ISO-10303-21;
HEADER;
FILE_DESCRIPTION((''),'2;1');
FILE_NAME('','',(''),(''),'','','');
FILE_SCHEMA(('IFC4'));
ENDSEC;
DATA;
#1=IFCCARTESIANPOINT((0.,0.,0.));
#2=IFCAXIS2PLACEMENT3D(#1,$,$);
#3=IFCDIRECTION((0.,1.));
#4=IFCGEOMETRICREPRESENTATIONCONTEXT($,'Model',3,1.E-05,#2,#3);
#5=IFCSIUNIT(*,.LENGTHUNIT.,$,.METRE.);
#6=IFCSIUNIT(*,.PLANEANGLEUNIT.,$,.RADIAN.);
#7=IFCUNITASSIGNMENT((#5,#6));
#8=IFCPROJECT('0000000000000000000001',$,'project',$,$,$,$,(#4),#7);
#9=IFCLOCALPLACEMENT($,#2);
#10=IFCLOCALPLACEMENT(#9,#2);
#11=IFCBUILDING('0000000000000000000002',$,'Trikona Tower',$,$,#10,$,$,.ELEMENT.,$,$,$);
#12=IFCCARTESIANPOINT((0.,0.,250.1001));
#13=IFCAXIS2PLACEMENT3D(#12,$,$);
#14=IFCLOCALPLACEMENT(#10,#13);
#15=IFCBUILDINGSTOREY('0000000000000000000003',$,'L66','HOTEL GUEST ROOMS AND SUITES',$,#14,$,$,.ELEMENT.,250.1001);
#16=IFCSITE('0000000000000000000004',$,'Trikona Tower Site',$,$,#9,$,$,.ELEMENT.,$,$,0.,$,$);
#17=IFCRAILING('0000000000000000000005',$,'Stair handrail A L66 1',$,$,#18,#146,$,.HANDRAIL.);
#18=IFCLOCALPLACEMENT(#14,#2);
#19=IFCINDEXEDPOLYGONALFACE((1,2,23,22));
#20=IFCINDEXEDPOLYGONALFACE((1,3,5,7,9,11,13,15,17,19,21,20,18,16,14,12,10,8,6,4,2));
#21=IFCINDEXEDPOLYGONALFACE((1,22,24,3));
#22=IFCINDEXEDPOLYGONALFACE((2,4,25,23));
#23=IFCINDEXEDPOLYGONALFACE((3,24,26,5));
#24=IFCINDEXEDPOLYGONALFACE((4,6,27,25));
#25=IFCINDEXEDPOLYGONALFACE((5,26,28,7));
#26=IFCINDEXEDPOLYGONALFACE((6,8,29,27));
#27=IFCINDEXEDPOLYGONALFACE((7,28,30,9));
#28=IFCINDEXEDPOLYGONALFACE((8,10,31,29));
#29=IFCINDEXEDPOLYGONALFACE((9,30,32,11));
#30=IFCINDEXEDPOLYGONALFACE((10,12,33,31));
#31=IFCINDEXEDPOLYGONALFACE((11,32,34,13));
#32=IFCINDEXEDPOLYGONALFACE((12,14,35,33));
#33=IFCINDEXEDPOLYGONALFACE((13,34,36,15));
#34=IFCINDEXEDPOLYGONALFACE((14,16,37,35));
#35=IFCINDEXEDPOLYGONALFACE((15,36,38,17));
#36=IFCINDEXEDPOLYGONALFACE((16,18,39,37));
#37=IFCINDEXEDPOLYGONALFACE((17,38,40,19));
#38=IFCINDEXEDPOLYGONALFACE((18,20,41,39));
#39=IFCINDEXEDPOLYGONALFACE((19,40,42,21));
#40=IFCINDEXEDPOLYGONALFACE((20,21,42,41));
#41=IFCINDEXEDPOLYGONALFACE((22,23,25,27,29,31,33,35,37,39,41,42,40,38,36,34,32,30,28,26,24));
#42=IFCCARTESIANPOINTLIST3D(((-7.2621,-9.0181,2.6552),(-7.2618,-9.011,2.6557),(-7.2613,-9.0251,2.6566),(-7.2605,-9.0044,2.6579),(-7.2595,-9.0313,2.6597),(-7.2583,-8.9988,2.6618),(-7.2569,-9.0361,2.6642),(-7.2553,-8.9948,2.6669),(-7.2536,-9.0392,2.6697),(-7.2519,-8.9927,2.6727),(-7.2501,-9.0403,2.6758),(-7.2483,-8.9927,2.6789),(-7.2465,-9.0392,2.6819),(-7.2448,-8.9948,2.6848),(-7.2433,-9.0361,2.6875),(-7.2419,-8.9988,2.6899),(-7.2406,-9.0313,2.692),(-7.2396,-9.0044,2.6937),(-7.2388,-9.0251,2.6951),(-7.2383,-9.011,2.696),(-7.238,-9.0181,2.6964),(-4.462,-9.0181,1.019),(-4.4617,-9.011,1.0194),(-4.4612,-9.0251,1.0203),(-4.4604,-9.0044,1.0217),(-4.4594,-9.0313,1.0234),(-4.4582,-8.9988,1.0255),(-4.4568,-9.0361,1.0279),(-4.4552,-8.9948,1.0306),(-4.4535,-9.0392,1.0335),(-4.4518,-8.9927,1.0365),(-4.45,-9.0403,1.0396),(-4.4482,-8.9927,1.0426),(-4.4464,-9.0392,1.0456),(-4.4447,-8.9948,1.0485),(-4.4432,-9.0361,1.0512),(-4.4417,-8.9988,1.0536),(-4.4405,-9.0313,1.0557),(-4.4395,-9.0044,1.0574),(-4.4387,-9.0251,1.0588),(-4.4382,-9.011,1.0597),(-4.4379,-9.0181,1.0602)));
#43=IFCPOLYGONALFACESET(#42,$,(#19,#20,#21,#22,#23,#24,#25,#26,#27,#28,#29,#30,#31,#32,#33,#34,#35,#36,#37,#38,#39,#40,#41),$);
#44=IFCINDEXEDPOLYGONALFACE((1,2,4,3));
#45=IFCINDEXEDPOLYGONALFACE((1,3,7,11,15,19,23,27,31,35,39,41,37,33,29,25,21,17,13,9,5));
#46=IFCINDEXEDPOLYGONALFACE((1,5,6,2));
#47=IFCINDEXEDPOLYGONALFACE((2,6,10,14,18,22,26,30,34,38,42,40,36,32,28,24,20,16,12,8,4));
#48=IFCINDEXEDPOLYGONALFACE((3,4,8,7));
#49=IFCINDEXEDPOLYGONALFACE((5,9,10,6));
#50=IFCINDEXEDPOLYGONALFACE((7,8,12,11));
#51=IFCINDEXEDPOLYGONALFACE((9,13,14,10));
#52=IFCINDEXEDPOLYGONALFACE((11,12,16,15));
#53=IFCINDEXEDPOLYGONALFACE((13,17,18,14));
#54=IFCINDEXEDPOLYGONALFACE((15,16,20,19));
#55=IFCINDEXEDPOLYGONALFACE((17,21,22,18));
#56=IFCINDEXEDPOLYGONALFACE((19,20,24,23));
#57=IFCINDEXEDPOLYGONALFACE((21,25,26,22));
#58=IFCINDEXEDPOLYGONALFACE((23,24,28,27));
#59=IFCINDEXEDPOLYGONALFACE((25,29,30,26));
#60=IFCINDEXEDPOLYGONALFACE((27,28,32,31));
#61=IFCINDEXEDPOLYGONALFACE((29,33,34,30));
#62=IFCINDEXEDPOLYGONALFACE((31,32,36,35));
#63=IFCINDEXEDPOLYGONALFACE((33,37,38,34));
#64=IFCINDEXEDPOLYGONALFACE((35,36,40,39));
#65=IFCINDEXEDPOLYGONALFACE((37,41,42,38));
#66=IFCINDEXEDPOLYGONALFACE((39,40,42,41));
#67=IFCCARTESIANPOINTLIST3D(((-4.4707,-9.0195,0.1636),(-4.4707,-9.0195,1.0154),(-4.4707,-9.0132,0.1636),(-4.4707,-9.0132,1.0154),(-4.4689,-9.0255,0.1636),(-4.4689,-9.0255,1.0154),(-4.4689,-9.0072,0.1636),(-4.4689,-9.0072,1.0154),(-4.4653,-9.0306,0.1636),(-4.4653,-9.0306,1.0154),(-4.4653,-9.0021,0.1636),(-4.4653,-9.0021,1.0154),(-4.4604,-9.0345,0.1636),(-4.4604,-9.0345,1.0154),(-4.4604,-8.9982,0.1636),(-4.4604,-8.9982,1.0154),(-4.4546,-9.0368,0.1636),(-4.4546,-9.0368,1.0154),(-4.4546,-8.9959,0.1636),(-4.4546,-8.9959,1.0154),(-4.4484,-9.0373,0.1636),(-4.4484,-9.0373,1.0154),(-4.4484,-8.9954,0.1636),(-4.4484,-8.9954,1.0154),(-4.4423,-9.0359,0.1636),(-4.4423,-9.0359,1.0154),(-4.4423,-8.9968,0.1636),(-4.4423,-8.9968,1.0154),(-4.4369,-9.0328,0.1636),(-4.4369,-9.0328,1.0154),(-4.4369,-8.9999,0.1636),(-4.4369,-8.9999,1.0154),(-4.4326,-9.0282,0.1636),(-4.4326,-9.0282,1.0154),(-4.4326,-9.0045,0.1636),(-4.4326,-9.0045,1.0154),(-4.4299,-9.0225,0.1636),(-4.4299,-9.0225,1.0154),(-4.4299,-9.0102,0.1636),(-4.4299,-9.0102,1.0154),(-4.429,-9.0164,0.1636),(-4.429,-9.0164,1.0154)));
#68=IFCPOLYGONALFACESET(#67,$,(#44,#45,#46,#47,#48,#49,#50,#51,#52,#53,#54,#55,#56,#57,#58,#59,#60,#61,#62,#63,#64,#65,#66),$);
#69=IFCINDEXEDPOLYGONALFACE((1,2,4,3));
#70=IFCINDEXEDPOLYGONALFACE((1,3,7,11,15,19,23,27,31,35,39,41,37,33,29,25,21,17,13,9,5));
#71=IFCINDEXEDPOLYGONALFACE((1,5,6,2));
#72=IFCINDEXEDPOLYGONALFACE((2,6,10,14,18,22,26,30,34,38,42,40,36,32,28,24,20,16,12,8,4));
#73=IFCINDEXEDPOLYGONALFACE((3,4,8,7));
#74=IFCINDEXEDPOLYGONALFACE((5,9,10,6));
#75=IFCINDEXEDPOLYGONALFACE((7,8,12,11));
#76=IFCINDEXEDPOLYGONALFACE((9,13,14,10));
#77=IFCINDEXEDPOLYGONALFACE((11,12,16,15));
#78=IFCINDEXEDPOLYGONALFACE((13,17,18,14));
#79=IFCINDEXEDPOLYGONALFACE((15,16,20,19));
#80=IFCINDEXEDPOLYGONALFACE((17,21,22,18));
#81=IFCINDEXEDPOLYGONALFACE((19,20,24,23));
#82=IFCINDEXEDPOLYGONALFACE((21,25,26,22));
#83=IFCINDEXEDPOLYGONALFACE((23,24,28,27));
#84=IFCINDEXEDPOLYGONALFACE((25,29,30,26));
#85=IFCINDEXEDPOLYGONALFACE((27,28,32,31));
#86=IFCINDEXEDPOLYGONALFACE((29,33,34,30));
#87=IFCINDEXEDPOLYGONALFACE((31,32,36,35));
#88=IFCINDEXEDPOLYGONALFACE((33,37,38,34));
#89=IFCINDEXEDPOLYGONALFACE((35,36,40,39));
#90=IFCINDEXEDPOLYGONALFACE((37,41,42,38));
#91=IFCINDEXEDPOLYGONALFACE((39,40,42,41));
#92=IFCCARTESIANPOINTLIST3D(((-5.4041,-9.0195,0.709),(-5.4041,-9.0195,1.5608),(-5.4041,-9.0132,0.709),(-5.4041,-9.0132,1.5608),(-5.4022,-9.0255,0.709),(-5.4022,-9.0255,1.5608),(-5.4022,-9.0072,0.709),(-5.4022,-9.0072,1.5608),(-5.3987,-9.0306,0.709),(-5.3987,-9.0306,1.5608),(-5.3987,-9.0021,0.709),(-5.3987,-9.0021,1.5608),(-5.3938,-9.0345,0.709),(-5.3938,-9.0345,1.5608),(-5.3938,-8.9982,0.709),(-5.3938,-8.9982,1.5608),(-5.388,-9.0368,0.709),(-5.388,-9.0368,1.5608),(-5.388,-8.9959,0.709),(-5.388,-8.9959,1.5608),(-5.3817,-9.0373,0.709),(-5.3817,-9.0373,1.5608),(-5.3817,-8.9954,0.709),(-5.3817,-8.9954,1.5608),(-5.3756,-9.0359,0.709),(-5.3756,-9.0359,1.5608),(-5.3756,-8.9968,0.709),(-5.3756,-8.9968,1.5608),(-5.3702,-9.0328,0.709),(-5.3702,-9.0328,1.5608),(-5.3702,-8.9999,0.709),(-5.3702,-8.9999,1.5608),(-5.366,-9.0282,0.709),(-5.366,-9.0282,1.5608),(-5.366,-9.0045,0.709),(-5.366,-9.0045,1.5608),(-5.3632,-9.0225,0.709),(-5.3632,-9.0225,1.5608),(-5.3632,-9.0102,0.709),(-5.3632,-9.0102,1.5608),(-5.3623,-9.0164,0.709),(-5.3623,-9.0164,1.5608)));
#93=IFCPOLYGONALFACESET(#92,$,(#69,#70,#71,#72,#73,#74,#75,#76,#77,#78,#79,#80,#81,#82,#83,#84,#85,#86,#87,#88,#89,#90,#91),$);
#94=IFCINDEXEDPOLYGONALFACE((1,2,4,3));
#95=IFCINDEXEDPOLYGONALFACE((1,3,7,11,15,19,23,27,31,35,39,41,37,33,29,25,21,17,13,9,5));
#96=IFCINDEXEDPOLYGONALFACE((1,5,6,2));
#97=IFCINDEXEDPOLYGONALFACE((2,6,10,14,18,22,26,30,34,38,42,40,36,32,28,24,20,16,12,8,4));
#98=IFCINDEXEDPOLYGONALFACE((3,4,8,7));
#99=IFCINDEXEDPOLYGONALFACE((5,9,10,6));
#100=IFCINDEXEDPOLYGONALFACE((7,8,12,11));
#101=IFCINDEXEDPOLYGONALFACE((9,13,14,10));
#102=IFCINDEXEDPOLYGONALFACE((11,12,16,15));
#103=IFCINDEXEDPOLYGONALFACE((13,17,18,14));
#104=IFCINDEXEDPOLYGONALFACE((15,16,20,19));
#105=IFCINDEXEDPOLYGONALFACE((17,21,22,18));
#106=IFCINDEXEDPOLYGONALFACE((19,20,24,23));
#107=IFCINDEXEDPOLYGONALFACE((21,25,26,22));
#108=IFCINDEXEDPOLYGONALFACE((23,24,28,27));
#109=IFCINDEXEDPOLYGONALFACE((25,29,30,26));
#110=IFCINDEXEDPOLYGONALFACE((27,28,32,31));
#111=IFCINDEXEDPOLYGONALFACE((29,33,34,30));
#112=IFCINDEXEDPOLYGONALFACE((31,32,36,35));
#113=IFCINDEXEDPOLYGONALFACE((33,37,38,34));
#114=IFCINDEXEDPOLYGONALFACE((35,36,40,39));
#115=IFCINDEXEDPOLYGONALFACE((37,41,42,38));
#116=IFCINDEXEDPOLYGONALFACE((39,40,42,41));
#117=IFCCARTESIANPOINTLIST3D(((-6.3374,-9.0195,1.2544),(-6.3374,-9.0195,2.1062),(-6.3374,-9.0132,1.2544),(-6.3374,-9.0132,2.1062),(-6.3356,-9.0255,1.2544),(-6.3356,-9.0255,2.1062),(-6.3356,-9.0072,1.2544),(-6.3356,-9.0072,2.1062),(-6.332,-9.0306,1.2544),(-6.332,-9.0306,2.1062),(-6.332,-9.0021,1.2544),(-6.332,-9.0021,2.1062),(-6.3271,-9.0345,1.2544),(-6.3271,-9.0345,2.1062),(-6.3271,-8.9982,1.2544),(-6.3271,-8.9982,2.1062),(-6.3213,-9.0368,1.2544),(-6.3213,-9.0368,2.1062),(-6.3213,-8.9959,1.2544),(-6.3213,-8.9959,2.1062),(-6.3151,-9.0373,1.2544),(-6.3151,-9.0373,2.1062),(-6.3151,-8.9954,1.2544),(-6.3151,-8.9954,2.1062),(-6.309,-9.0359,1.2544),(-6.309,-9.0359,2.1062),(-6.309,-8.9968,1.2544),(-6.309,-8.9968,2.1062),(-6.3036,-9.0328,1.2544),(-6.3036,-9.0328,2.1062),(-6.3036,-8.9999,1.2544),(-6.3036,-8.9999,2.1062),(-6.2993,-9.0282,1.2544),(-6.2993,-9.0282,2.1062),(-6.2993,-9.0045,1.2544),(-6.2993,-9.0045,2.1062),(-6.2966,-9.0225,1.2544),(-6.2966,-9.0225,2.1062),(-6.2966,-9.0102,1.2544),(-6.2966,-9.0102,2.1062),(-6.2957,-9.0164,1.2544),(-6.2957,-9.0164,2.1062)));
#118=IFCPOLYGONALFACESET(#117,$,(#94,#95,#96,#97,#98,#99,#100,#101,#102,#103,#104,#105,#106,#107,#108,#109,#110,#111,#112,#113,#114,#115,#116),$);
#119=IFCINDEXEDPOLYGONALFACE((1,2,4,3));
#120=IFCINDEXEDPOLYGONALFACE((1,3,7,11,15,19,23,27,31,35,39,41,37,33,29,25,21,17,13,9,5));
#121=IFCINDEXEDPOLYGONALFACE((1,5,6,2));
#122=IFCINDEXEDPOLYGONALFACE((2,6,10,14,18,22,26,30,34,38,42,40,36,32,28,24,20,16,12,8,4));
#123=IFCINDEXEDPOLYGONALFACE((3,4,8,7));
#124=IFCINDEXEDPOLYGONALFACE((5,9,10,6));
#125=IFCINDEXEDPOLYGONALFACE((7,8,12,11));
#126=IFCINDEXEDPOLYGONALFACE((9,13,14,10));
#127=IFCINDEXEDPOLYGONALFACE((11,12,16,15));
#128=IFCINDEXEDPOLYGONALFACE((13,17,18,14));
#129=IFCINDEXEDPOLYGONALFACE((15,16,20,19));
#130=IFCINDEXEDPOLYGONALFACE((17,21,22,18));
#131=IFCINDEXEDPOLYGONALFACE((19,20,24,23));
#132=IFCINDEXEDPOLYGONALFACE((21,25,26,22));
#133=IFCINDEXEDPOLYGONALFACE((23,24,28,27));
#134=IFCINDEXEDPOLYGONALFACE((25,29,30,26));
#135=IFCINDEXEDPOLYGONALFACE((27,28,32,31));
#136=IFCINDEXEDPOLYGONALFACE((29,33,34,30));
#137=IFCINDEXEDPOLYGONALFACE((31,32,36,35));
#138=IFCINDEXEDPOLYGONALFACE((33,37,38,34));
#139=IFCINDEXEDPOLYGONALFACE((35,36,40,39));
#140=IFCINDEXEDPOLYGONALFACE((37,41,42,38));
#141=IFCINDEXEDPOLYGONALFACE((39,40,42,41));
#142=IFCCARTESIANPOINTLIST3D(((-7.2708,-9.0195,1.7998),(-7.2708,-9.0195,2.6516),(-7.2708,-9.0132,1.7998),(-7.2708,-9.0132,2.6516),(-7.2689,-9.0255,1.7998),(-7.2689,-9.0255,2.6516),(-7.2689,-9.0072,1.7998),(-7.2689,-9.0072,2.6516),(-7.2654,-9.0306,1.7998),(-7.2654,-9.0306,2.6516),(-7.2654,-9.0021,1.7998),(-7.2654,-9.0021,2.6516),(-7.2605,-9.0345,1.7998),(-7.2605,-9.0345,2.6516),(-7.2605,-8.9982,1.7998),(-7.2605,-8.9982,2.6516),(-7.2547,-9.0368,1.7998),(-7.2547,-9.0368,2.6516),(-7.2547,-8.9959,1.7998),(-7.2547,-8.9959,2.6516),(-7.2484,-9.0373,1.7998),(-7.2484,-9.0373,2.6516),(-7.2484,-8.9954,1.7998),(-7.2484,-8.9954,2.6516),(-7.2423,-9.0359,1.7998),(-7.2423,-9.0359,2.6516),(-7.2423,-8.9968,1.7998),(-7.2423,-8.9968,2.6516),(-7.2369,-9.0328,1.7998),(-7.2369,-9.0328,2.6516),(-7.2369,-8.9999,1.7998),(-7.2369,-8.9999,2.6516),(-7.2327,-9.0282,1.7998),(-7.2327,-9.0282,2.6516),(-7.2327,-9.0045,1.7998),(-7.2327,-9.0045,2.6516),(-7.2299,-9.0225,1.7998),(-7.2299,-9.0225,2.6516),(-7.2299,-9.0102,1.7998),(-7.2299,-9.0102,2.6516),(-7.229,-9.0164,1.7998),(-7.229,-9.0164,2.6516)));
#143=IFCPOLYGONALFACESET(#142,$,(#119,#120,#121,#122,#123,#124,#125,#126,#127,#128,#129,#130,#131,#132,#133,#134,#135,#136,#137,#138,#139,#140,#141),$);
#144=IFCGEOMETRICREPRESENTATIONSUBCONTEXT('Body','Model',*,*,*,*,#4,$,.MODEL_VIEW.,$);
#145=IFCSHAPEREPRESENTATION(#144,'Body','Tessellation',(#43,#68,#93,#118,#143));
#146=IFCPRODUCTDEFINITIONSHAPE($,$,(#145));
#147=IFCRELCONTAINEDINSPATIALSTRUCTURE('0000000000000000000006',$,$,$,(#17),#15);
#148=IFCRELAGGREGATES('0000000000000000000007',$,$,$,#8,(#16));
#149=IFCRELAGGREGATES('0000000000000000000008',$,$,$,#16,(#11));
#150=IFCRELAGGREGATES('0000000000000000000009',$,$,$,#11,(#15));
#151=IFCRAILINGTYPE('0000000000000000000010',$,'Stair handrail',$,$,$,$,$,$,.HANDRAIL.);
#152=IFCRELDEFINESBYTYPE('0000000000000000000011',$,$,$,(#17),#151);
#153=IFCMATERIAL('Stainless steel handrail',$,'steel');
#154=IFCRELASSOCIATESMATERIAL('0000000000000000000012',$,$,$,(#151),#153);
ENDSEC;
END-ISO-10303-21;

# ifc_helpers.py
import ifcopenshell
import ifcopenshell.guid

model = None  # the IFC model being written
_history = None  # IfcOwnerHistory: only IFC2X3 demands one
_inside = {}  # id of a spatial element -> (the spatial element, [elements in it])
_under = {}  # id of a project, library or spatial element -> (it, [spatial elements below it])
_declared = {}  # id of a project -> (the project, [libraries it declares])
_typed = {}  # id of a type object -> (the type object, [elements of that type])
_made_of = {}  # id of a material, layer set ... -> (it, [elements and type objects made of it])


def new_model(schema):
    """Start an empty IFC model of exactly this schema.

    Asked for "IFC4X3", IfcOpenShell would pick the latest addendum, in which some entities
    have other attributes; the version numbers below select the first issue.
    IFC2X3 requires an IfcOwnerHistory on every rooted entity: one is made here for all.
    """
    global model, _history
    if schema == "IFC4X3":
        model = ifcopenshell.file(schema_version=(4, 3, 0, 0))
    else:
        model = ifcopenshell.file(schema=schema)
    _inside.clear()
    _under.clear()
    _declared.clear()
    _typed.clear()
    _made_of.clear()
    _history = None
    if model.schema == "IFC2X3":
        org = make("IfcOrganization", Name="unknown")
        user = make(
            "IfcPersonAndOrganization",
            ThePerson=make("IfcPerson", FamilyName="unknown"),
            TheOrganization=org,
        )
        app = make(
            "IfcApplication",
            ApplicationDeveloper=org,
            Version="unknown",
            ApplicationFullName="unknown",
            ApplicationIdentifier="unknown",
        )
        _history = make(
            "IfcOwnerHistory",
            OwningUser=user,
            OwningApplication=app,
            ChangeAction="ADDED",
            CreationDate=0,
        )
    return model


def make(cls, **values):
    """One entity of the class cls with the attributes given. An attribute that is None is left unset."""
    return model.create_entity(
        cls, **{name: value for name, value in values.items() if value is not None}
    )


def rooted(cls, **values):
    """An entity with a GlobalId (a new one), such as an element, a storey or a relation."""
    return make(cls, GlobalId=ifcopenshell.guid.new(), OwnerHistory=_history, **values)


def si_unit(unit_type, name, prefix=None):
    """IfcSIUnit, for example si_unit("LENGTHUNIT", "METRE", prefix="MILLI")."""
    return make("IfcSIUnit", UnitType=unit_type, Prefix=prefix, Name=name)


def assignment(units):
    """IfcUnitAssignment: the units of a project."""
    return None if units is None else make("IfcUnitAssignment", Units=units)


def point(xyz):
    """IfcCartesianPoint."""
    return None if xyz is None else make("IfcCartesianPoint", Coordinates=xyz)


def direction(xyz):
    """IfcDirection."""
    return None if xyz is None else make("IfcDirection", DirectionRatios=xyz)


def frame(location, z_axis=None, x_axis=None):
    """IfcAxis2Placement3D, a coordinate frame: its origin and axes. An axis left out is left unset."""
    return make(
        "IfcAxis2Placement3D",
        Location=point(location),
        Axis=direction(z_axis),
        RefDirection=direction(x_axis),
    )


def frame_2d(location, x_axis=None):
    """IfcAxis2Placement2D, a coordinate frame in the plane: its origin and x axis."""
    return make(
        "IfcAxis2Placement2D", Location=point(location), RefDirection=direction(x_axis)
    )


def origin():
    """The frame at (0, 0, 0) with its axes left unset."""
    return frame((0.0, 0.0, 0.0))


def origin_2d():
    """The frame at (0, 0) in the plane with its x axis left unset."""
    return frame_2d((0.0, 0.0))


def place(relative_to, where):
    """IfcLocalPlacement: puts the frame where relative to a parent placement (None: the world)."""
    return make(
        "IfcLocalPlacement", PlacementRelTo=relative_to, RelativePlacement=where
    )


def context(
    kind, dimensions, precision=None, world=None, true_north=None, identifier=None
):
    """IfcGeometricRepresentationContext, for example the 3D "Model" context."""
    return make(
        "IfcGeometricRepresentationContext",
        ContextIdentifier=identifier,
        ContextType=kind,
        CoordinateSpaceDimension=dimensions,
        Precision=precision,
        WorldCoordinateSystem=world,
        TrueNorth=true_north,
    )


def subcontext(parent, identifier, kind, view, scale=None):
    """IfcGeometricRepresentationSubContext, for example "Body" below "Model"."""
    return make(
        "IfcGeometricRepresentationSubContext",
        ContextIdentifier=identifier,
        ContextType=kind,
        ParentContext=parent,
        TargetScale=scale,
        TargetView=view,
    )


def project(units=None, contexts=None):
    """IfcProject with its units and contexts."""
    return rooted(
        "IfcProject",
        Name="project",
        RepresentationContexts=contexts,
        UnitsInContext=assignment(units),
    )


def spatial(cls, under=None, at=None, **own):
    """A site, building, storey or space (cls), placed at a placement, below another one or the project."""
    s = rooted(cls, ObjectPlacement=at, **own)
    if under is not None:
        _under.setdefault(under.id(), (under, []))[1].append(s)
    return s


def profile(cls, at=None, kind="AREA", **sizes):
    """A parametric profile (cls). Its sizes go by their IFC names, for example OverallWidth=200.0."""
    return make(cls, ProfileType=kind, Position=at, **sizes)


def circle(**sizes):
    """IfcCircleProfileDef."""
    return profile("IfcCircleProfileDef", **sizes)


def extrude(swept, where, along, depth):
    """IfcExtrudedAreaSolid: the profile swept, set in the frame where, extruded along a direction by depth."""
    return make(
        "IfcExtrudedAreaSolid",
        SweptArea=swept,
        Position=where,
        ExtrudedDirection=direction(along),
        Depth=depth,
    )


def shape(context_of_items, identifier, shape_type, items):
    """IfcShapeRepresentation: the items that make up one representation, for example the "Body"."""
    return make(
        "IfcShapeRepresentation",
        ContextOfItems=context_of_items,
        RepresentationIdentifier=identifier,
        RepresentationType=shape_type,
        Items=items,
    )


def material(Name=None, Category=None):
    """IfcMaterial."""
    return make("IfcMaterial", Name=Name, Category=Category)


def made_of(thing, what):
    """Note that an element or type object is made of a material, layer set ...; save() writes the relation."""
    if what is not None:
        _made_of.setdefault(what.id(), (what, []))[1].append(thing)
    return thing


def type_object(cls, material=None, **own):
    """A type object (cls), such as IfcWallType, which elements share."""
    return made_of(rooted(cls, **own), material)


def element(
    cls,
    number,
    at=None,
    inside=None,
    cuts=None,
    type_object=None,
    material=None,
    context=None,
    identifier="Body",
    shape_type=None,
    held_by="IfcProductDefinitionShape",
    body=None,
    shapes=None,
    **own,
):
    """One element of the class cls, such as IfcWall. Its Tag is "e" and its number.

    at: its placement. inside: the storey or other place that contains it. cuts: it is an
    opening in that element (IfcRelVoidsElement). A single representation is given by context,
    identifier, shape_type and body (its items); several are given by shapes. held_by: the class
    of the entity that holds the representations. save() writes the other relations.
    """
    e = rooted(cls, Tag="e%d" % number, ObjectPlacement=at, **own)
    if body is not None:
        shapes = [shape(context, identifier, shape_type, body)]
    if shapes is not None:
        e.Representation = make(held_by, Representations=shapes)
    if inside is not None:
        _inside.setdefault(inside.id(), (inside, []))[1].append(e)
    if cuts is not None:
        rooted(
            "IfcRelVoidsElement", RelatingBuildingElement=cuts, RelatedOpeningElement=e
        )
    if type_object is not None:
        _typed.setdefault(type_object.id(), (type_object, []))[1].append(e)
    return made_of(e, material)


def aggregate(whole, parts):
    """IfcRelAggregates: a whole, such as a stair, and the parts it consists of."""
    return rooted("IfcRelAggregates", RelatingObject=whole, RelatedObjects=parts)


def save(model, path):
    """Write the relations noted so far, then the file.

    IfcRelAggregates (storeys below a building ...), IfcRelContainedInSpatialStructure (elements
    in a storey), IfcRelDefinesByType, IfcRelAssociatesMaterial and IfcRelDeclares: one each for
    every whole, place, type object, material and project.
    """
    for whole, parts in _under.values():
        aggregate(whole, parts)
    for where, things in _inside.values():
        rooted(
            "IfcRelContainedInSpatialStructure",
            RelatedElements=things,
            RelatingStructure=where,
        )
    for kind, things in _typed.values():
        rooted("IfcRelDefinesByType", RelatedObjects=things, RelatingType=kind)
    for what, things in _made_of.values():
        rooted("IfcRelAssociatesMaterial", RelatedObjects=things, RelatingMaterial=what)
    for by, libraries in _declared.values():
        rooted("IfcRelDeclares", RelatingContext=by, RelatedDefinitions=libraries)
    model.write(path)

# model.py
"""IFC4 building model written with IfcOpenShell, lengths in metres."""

from ifc_helpers import new_model, si_unit, direction, frame, origin, origin_2d, place, context, subcontext, project, spatial, circle, extrude, material, type_object, element, save


model = new_model("IFC4")

# Units and contexts
model_context = context("Model", 3, precision=1e-05, world=origin(), true_north=direction((0.0, 1.0)))
body_context = subcontext(model_context, "Body", "Model", "MODEL_VIEW")
ifc_project = project(units=[si_unit("LENGTHUNIT", "METRE"), si_unit("PLANEANGLEUNIT", "RADIAN")], contexts=[model_context])

# Site, building, storey
site_placement = place(None, origin())
site = spatial("IfcSite", under=ifc_project, at=site_placement, Name="Trikona Tower Site", CompositionType="ELEMENT", RefElevation=0.0)
building_placement = place(site_placement, origin())
building = spatial("IfcBuilding", under=site, at=building_placement, Name="Trikona Tower", CompositionType="ELEMENT")
storey_placement = place(building_placement, frame((0.0, 0.0, 250.1001)))
storey = spatial("IfcBuildingStorey", under=building, at=storey_placement, Name="L66", Description="HOTEL GUEST ROOMS AND SUITES", CompositionType="ELEMENT", Elevation=250.1001)

# Railing
ifc_material_1 = material(Name="Stainless steel handrail", Category="steel")
railing_type = type_object("IfcRailingType", Name="Stair handrail", PredefinedType="HANDRAIL", material=ifc_material_1)
railing_1_placement = place(storey_placement, frame((-4.45, -9.0164, 0.1636)))
element("IfcRailing", 1, at=railing_1_placement, inside=storey, type_object=railing_type, Name="Stair handrail A L66 1", PredefinedType="HANDRAIL", context=body_context, shape_type="SweptSolid", body=[
    extrude(circle(Radius=0.0239, at=origin_2d()), frame((0.0, 0.0, 0.876), z_axis=(-0.863394, 0.0, 0.504531), x_axis=(0.0, -1.0, 0.0)), (0.0, 0.0, 1.0), 3.2432),
    extrude(circle(Radius=0.021, at=origin_2d()), origin(), (0.0, 0.0, 1.0), 0.8518),
    extrude(circle(Radius=0.021, at=origin_2d()), frame((-0.9333, 0.0, 0.5454)), (0.0, 0.0, 1.0), 0.8518),
    extrude(circle(Radius=0.021, at=origin_2d()), frame((-1.8667, 0.0, 1.0908)), (0.0, 0.0, 1.0), 0.8518),
    extrude(circle(Radius=0.021, at=origin_2d()), frame((-2.8, 0.0, 1.6362)), (0.0, 0.0, 1.0), 0.8518),
])

save(model, "model.ifc")
